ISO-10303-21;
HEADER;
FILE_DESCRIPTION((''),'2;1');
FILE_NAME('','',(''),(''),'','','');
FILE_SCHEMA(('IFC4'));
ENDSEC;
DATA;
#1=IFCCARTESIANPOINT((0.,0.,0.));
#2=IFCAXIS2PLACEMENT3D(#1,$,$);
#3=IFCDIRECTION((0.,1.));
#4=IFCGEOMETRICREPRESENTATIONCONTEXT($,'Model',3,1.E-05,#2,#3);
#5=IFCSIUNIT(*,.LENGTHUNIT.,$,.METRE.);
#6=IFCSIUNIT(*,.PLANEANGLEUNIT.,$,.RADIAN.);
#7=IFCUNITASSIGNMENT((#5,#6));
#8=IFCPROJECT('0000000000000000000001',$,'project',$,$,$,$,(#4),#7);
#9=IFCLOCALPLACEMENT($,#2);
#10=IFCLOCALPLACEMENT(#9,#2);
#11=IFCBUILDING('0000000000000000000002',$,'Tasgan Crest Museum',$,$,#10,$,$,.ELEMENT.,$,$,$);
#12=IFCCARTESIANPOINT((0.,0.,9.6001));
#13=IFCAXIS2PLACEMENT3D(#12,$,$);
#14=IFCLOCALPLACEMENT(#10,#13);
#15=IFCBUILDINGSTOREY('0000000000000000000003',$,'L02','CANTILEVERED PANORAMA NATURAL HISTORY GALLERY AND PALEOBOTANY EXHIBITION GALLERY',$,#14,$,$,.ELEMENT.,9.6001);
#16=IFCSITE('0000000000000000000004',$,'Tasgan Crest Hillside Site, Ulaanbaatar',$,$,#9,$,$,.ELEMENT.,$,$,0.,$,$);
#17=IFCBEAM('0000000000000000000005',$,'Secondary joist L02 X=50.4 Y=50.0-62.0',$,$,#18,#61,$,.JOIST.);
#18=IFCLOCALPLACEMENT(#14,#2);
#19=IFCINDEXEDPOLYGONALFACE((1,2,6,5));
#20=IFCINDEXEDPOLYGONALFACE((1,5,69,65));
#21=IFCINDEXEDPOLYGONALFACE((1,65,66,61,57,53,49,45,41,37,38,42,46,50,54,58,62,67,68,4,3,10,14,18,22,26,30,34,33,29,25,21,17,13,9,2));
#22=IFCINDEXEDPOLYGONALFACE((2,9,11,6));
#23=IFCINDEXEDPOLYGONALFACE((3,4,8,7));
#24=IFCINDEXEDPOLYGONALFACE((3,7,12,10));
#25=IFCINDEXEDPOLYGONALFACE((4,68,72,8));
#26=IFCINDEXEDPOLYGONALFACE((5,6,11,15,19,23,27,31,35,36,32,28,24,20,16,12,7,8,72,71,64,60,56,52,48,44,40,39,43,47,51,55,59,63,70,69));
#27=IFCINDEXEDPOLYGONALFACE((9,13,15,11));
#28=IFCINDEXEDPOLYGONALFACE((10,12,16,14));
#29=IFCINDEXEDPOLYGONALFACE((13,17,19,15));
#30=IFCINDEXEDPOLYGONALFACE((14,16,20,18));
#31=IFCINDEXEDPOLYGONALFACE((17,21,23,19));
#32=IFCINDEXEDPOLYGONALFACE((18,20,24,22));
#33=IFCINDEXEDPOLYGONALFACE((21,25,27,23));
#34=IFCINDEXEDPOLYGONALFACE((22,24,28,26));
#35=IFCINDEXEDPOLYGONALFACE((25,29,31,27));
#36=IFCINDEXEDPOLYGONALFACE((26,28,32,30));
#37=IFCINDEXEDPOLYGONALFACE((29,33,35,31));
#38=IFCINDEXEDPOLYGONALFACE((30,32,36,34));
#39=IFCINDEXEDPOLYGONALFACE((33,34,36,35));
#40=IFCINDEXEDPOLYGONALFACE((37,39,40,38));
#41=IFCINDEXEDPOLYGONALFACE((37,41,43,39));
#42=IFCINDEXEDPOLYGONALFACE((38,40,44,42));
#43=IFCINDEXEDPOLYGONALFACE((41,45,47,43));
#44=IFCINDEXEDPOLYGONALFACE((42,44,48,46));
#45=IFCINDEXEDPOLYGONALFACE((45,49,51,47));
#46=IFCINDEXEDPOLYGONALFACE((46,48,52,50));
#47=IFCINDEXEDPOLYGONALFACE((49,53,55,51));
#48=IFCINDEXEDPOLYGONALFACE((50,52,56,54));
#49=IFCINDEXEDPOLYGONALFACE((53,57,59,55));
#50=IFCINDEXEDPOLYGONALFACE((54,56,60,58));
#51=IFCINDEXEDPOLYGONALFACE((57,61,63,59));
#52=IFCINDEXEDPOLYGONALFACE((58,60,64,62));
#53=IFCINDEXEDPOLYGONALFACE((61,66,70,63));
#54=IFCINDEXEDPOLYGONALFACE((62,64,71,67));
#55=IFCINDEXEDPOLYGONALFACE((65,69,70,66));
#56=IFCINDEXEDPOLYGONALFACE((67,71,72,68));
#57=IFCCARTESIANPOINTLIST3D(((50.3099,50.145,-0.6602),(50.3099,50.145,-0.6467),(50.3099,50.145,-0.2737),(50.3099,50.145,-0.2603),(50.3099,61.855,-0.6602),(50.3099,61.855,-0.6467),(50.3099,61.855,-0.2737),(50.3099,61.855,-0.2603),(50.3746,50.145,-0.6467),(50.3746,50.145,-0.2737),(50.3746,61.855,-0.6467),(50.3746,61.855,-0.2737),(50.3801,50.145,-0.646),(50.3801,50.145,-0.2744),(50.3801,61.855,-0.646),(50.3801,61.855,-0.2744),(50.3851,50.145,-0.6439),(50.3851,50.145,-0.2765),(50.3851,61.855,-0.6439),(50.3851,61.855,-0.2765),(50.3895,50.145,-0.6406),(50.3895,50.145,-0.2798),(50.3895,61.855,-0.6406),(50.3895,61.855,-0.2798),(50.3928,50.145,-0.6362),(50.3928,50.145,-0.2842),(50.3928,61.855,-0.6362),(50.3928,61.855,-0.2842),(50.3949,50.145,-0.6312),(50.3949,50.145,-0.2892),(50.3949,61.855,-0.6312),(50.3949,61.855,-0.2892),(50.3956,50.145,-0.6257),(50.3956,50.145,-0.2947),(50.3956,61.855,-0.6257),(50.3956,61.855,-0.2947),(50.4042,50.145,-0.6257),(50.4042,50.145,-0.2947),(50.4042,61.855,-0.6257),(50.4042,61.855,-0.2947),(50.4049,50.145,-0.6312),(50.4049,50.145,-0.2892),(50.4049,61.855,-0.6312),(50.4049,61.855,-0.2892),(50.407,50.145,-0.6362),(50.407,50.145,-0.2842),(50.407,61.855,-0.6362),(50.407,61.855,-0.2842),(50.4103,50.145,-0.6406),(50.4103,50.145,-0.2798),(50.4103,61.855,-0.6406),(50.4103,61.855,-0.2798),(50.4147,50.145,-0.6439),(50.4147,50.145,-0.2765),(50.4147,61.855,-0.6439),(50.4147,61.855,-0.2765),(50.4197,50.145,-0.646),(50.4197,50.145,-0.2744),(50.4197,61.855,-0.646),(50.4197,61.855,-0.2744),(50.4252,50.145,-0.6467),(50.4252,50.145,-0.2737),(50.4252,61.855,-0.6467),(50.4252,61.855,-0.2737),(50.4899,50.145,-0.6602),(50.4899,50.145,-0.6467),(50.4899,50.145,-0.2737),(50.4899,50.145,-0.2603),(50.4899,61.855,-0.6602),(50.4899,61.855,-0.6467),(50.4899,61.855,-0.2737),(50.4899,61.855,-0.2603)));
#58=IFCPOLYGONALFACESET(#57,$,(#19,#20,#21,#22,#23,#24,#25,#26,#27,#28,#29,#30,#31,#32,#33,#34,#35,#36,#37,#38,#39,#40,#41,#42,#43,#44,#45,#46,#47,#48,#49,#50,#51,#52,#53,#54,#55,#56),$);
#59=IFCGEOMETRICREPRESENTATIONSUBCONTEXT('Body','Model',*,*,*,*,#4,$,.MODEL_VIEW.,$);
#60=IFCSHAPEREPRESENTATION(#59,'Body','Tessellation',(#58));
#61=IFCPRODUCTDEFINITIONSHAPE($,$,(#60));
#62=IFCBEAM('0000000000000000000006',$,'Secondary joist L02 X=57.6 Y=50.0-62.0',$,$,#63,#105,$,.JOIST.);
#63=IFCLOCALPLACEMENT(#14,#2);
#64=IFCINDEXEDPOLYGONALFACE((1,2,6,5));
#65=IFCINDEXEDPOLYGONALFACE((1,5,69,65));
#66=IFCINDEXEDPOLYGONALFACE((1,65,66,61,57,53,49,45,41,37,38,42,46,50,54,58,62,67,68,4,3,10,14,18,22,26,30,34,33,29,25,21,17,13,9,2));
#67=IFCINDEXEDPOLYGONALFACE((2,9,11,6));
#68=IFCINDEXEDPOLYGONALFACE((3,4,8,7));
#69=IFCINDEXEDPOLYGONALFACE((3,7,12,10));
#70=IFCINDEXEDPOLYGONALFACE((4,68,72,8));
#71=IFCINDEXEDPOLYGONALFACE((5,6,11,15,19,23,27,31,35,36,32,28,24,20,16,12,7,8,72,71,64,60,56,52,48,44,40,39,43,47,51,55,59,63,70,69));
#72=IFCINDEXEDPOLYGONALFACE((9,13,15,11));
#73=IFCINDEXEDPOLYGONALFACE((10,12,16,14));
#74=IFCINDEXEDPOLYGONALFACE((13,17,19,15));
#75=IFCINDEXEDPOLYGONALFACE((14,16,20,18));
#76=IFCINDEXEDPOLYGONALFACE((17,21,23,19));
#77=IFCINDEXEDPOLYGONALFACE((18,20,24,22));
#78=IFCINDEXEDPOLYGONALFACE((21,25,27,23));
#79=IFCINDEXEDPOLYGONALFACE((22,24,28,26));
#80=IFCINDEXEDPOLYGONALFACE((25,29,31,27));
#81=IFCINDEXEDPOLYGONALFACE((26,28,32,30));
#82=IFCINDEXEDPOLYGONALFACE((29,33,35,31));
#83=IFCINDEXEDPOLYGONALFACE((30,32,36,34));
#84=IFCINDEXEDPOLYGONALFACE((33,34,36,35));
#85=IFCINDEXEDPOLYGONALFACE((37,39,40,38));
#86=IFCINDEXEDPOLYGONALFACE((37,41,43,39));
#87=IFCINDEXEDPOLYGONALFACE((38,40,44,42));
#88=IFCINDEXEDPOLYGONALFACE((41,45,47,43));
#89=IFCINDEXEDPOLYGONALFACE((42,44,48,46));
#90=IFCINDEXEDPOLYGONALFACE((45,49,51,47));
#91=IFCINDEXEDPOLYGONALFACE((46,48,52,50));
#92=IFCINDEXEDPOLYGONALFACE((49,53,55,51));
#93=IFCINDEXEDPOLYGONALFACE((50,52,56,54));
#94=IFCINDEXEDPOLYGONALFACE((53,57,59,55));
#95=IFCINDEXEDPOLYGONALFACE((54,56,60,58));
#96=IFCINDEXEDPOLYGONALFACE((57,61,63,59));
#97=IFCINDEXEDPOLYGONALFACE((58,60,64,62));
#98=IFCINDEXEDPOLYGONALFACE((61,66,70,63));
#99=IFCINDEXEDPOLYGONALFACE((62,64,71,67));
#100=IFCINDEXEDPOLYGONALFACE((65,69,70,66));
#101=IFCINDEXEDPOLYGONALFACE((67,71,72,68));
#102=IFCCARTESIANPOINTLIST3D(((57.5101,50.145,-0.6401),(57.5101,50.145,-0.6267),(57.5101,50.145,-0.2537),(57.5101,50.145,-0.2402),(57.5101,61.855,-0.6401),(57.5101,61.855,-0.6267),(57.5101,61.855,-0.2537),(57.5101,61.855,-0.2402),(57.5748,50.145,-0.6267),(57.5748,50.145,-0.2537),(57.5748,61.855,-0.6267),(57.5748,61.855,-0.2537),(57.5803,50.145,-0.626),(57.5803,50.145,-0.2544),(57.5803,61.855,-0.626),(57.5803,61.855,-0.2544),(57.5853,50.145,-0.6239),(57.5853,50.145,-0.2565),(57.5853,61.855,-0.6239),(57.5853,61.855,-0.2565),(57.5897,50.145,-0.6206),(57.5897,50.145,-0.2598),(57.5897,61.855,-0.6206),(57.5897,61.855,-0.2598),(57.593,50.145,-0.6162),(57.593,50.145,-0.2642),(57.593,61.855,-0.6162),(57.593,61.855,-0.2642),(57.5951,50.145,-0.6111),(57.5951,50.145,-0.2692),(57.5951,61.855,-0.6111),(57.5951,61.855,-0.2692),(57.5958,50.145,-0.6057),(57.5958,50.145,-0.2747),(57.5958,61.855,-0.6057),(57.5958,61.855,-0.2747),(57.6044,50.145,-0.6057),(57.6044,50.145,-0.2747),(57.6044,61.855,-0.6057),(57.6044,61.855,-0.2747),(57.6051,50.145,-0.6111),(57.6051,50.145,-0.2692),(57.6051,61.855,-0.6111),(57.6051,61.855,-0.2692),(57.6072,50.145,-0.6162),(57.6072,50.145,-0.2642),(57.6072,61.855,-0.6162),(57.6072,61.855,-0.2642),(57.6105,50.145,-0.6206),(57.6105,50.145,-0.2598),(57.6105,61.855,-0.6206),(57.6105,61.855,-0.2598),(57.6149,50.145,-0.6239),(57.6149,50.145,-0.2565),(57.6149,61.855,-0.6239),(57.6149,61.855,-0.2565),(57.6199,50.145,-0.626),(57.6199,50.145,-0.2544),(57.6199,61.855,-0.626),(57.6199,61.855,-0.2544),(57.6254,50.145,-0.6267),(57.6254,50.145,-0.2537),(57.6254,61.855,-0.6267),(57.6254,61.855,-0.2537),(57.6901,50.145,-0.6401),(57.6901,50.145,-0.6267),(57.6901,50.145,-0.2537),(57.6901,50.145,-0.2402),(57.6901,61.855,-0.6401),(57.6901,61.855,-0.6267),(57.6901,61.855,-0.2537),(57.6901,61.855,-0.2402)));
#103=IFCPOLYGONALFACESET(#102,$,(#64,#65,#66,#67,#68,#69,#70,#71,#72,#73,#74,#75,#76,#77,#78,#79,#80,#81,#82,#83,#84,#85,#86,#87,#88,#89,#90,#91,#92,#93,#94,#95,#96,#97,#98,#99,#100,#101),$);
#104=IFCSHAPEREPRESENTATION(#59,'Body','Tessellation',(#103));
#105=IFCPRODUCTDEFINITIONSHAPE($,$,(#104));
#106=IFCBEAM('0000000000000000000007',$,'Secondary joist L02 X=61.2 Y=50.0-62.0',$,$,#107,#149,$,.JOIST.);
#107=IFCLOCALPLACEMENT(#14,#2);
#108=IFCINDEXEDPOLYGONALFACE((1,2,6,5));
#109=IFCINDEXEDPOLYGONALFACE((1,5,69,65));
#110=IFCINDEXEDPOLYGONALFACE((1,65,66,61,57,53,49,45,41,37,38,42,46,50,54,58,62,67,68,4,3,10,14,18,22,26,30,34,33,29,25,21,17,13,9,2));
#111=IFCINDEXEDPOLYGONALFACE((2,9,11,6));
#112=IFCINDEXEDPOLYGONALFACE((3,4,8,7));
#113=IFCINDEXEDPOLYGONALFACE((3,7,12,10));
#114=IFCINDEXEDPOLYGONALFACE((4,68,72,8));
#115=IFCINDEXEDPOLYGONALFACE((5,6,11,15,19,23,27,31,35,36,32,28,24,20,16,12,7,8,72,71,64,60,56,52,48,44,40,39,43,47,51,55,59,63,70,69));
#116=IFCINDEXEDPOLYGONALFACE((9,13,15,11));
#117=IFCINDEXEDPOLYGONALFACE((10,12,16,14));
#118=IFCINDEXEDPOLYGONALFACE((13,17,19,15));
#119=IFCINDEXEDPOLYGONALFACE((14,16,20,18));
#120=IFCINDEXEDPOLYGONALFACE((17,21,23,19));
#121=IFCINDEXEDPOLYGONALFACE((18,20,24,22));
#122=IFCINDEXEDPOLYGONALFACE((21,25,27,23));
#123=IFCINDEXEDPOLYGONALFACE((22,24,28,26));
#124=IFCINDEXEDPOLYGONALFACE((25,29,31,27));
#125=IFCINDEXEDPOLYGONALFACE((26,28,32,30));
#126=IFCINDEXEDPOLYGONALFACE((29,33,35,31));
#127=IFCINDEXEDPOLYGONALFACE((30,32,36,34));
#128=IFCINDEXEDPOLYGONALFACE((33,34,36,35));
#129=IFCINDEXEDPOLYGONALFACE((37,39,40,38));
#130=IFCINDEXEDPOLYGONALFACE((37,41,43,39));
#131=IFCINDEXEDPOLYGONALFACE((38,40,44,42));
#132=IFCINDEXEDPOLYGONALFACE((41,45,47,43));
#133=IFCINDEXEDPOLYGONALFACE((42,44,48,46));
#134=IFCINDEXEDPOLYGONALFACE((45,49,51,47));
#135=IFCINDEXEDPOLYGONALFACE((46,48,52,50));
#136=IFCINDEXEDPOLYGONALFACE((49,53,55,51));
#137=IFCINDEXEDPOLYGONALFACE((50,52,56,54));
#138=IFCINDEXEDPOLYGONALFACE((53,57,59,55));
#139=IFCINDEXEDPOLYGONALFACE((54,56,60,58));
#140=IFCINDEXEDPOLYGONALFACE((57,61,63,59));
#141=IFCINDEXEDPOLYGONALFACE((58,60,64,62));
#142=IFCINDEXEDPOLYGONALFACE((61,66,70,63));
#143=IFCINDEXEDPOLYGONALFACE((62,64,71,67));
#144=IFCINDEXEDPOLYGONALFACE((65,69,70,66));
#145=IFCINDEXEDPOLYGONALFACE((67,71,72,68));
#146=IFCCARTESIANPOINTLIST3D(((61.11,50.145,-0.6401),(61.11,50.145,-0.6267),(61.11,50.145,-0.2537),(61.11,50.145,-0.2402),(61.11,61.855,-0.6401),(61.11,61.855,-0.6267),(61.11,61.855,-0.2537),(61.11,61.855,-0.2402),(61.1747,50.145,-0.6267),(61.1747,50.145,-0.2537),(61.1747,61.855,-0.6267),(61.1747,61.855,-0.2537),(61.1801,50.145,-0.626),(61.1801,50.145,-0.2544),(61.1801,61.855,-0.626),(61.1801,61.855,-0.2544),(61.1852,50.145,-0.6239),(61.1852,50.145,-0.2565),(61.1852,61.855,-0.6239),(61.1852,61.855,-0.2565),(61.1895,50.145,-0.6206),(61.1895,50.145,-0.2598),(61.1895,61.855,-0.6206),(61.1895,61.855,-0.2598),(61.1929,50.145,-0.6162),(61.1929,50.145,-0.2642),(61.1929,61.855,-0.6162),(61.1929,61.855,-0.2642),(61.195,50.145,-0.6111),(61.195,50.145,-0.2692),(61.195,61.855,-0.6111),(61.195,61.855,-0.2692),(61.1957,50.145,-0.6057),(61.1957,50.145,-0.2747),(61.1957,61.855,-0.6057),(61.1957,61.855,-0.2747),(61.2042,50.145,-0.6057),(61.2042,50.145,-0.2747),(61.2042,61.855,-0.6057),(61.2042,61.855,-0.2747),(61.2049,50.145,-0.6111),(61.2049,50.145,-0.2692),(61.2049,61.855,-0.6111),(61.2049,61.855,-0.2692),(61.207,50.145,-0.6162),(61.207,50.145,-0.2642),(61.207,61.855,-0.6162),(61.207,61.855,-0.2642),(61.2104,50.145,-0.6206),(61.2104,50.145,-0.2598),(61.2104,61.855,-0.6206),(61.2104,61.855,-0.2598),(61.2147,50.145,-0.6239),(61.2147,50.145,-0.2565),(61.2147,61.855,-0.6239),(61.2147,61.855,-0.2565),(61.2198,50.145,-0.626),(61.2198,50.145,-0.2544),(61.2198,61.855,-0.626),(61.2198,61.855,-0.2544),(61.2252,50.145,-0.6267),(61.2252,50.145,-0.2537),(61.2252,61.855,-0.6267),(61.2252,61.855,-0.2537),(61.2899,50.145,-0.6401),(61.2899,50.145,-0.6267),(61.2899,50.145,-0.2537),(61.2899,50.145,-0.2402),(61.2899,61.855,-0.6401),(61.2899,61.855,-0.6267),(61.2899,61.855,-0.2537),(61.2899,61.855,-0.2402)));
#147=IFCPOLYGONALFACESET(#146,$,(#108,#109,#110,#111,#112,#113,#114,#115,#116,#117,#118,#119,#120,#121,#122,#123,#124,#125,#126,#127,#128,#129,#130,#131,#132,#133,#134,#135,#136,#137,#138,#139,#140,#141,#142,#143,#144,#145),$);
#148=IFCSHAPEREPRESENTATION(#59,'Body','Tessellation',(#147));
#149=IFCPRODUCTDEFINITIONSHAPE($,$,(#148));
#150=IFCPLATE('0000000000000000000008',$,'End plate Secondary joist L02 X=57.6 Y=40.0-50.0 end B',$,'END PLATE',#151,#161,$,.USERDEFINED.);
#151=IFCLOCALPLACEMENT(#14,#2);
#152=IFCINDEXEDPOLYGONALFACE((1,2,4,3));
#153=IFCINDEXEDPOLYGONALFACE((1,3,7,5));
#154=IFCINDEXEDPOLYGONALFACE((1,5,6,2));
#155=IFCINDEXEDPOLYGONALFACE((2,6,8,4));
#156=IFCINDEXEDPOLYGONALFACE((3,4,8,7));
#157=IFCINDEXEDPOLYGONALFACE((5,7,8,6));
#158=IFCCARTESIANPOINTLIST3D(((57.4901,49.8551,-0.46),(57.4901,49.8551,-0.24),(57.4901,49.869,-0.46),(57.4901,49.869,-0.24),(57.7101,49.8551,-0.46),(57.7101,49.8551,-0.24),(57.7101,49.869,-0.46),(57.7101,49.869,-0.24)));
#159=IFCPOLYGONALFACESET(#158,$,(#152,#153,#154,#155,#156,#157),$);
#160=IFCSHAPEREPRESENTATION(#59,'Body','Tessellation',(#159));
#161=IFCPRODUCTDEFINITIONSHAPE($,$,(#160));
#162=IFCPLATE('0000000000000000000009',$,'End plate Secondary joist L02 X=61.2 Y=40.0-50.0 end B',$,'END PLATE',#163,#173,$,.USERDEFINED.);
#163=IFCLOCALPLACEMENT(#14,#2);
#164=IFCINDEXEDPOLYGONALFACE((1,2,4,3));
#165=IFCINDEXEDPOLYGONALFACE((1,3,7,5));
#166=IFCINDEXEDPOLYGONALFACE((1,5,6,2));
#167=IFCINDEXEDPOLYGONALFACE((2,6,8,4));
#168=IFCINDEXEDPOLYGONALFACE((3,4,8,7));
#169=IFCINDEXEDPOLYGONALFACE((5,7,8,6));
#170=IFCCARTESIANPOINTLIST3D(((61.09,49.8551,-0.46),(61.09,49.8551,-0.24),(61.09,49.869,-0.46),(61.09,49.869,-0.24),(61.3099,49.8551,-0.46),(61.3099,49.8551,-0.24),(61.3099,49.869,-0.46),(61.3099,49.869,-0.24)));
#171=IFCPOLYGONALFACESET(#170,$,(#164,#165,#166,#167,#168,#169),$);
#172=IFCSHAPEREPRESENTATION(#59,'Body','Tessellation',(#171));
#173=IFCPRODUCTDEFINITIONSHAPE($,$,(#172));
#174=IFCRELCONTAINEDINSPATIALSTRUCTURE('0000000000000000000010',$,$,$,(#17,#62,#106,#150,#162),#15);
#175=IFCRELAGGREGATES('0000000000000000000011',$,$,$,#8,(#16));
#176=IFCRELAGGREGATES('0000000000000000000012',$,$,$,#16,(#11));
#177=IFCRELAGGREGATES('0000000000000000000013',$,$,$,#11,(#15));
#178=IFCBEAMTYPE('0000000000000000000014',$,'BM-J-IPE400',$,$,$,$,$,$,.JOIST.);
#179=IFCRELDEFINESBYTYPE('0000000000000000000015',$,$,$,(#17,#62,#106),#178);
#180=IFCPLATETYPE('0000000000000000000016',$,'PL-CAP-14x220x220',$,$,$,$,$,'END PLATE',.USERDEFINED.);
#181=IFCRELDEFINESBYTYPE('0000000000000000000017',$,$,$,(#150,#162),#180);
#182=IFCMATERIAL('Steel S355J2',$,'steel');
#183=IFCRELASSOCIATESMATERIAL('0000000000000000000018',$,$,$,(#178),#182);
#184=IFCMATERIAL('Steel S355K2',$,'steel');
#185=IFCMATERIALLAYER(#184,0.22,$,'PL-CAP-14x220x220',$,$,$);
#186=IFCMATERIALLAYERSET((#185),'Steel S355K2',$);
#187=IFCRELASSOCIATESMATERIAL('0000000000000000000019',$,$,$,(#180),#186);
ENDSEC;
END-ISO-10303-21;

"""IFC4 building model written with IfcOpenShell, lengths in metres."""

from ifc_helpers import new_model, si_unit, direction, frame, origin, origin_2d, place, context, subcontext, project, spatial, rectangle, i_section, extrude, material, layer, layer_set, material_profile, profile_set, type_object, element, save


model = new_model("IFC4")

# Units and contexts
model_context = context("Model", 3, precision=1e-05, world=origin(), true_north=direction((0.0, 1.0)))
body_context = subcontext(model_context, "Body", "Model", "MODEL_VIEW")
ifc_project = project(units=[si_unit("LENGTHUNIT", "METRE"), si_unit("PLANEANGLEUNIT", "RADIAN")], contexts=[model_context])

# Site, building, storey
site_placement = place(None, origin())
site = spatial("IfcSite", under=ifc_project, at=site_placement, Name="Tasgan Crest Hillside Site, Ulaanbaatar", CompositionType="ELEMENT", RefElevation=0.0)
building_placement = place(site_placement, origin())
building = spatial("IfcBuilding", under=site, at=building_placement, Name="Tasgan Crest Museum", CompositionType="ELEMENT")
storey_placement = place(building_placement, frame((0.0, 0.0, 9.6001)))
storey = spatial("IfcBuildingStorey", under=building, at=storey_placement, Name="L02", Description="CANTILEVERED PANORAMA NATURAL HISTORY GALLERY AND PALEOBOTANY EXHIBITION GALLERY", CompositionType="ELEMENT", Elevation=9.6001)

# Beams
ifc_material_1 = material(Name="Steel S355J2", Category="steel")
ifc_material_profile_1 = material_profile(ifc_material_1, i_section(OverallWidth=0.1799, OverallDepth=0.3999, WebThickness=0.0085, FlangeThickness=0.0134, FilletRadius=0.021, at=origin_2d()), Name="IPE 400")
ifc_profile_set_1 = profile_set([ifc_material_profile_1], Name="Steel S355J2")
beam_type_1 = type_object("IfcBeamType", Name="BM-J-IPE400", PredefinedType="JOIST", material=ifc_profile_set_1)
for number, where, z_axis, x_axis, name in (
    (1, (50.3999, 50.145, -0.4602), (0.0, 1.0, 0.0), (-1.0, 0.0, 0.0), "Secondary joist L02 X=50.4 Y=50.0-62.0"),
    (2, (57.6001, 50.145, -0.4402), (0.0, 1.0, 0.0), (-1.0, 0.0, 0.0), "Secondary joist L02 X=57.6 Y=50.0-62.0"),
    (3, (61.2, 50.145, -0.4402), (0.0, 1.0, 0.0), (-1.0, 0.0, 0.0), "Secondary joist L02 X=61.2 Y=50.0-62.0"),
):
    element("IfcBeam", number, at=place(storey_placement, frame(where, z_axis=z_axis, x_axis=x_axis)), inside=storey, type_object=beam_type_1, Name=name, PredefinedType="JOIST", context=body_context, shape_type="SweptSolid", body=[
        extrude(i_section(OverallWidth=0.1799, OverallDepth=0.3999, WebThickness=0.0085, FlangeThickness=0.0134, FilletRadius=0.021, at=origin_2d()), origin(), (0.0, 0.0, 1.0), 11.71),
    ])

# Plates
ifc_material_2 = material(Name="Steel S355K2", Category="steel")
ifc_layer_1 = layer(ifc_material_2, 0.22, Name="PL-CAP-14x220x220")
ifc_layer_set_1 = layer_set([ifc_layer_1], Name="Steel S355K2")
plate_type = type_object("IfcPlateType", Name="PL-CAP-14x220x220", ElementType="END PLATE", PredefinedType="USERDEFINED", material=ifc_layer_set_1)
for number, where, z_axis, x_axis, name in (
    (4, (57.6001, 49.8621, -0.46), (0.0, 0.0, 1.0), (0.0, 1.0, 0.0), "End plate Secondary joist L02 X=57.6 Y=40.0-50.0 end B"),
    (5, (61.2, 49.8621, -0.46), (0.0, 0.0, 1.0), (0.0, 1.0, 0.0), "End plate Secondary joist L02 X=61.2 Y=40.0-50.0 end B"),
):
    element("IfcPlate", number, at=place(storey_placement, frame(where, z_axis=z_axis, x_axis=x_axis)), inside=storey, type_object=plate_type, Name=name, ObjectType="END PLATE", PredefinedType="USERDEFINED", context=body_context, shape_type="SweptSolid", body=[
        extrude(rectangle(XDim=0.0139, YDim=0.22, at=origin_2d()), origin(), (0.0, 0.0, 1.0), 0.22),
    ])

save(model, "model.ifc")
